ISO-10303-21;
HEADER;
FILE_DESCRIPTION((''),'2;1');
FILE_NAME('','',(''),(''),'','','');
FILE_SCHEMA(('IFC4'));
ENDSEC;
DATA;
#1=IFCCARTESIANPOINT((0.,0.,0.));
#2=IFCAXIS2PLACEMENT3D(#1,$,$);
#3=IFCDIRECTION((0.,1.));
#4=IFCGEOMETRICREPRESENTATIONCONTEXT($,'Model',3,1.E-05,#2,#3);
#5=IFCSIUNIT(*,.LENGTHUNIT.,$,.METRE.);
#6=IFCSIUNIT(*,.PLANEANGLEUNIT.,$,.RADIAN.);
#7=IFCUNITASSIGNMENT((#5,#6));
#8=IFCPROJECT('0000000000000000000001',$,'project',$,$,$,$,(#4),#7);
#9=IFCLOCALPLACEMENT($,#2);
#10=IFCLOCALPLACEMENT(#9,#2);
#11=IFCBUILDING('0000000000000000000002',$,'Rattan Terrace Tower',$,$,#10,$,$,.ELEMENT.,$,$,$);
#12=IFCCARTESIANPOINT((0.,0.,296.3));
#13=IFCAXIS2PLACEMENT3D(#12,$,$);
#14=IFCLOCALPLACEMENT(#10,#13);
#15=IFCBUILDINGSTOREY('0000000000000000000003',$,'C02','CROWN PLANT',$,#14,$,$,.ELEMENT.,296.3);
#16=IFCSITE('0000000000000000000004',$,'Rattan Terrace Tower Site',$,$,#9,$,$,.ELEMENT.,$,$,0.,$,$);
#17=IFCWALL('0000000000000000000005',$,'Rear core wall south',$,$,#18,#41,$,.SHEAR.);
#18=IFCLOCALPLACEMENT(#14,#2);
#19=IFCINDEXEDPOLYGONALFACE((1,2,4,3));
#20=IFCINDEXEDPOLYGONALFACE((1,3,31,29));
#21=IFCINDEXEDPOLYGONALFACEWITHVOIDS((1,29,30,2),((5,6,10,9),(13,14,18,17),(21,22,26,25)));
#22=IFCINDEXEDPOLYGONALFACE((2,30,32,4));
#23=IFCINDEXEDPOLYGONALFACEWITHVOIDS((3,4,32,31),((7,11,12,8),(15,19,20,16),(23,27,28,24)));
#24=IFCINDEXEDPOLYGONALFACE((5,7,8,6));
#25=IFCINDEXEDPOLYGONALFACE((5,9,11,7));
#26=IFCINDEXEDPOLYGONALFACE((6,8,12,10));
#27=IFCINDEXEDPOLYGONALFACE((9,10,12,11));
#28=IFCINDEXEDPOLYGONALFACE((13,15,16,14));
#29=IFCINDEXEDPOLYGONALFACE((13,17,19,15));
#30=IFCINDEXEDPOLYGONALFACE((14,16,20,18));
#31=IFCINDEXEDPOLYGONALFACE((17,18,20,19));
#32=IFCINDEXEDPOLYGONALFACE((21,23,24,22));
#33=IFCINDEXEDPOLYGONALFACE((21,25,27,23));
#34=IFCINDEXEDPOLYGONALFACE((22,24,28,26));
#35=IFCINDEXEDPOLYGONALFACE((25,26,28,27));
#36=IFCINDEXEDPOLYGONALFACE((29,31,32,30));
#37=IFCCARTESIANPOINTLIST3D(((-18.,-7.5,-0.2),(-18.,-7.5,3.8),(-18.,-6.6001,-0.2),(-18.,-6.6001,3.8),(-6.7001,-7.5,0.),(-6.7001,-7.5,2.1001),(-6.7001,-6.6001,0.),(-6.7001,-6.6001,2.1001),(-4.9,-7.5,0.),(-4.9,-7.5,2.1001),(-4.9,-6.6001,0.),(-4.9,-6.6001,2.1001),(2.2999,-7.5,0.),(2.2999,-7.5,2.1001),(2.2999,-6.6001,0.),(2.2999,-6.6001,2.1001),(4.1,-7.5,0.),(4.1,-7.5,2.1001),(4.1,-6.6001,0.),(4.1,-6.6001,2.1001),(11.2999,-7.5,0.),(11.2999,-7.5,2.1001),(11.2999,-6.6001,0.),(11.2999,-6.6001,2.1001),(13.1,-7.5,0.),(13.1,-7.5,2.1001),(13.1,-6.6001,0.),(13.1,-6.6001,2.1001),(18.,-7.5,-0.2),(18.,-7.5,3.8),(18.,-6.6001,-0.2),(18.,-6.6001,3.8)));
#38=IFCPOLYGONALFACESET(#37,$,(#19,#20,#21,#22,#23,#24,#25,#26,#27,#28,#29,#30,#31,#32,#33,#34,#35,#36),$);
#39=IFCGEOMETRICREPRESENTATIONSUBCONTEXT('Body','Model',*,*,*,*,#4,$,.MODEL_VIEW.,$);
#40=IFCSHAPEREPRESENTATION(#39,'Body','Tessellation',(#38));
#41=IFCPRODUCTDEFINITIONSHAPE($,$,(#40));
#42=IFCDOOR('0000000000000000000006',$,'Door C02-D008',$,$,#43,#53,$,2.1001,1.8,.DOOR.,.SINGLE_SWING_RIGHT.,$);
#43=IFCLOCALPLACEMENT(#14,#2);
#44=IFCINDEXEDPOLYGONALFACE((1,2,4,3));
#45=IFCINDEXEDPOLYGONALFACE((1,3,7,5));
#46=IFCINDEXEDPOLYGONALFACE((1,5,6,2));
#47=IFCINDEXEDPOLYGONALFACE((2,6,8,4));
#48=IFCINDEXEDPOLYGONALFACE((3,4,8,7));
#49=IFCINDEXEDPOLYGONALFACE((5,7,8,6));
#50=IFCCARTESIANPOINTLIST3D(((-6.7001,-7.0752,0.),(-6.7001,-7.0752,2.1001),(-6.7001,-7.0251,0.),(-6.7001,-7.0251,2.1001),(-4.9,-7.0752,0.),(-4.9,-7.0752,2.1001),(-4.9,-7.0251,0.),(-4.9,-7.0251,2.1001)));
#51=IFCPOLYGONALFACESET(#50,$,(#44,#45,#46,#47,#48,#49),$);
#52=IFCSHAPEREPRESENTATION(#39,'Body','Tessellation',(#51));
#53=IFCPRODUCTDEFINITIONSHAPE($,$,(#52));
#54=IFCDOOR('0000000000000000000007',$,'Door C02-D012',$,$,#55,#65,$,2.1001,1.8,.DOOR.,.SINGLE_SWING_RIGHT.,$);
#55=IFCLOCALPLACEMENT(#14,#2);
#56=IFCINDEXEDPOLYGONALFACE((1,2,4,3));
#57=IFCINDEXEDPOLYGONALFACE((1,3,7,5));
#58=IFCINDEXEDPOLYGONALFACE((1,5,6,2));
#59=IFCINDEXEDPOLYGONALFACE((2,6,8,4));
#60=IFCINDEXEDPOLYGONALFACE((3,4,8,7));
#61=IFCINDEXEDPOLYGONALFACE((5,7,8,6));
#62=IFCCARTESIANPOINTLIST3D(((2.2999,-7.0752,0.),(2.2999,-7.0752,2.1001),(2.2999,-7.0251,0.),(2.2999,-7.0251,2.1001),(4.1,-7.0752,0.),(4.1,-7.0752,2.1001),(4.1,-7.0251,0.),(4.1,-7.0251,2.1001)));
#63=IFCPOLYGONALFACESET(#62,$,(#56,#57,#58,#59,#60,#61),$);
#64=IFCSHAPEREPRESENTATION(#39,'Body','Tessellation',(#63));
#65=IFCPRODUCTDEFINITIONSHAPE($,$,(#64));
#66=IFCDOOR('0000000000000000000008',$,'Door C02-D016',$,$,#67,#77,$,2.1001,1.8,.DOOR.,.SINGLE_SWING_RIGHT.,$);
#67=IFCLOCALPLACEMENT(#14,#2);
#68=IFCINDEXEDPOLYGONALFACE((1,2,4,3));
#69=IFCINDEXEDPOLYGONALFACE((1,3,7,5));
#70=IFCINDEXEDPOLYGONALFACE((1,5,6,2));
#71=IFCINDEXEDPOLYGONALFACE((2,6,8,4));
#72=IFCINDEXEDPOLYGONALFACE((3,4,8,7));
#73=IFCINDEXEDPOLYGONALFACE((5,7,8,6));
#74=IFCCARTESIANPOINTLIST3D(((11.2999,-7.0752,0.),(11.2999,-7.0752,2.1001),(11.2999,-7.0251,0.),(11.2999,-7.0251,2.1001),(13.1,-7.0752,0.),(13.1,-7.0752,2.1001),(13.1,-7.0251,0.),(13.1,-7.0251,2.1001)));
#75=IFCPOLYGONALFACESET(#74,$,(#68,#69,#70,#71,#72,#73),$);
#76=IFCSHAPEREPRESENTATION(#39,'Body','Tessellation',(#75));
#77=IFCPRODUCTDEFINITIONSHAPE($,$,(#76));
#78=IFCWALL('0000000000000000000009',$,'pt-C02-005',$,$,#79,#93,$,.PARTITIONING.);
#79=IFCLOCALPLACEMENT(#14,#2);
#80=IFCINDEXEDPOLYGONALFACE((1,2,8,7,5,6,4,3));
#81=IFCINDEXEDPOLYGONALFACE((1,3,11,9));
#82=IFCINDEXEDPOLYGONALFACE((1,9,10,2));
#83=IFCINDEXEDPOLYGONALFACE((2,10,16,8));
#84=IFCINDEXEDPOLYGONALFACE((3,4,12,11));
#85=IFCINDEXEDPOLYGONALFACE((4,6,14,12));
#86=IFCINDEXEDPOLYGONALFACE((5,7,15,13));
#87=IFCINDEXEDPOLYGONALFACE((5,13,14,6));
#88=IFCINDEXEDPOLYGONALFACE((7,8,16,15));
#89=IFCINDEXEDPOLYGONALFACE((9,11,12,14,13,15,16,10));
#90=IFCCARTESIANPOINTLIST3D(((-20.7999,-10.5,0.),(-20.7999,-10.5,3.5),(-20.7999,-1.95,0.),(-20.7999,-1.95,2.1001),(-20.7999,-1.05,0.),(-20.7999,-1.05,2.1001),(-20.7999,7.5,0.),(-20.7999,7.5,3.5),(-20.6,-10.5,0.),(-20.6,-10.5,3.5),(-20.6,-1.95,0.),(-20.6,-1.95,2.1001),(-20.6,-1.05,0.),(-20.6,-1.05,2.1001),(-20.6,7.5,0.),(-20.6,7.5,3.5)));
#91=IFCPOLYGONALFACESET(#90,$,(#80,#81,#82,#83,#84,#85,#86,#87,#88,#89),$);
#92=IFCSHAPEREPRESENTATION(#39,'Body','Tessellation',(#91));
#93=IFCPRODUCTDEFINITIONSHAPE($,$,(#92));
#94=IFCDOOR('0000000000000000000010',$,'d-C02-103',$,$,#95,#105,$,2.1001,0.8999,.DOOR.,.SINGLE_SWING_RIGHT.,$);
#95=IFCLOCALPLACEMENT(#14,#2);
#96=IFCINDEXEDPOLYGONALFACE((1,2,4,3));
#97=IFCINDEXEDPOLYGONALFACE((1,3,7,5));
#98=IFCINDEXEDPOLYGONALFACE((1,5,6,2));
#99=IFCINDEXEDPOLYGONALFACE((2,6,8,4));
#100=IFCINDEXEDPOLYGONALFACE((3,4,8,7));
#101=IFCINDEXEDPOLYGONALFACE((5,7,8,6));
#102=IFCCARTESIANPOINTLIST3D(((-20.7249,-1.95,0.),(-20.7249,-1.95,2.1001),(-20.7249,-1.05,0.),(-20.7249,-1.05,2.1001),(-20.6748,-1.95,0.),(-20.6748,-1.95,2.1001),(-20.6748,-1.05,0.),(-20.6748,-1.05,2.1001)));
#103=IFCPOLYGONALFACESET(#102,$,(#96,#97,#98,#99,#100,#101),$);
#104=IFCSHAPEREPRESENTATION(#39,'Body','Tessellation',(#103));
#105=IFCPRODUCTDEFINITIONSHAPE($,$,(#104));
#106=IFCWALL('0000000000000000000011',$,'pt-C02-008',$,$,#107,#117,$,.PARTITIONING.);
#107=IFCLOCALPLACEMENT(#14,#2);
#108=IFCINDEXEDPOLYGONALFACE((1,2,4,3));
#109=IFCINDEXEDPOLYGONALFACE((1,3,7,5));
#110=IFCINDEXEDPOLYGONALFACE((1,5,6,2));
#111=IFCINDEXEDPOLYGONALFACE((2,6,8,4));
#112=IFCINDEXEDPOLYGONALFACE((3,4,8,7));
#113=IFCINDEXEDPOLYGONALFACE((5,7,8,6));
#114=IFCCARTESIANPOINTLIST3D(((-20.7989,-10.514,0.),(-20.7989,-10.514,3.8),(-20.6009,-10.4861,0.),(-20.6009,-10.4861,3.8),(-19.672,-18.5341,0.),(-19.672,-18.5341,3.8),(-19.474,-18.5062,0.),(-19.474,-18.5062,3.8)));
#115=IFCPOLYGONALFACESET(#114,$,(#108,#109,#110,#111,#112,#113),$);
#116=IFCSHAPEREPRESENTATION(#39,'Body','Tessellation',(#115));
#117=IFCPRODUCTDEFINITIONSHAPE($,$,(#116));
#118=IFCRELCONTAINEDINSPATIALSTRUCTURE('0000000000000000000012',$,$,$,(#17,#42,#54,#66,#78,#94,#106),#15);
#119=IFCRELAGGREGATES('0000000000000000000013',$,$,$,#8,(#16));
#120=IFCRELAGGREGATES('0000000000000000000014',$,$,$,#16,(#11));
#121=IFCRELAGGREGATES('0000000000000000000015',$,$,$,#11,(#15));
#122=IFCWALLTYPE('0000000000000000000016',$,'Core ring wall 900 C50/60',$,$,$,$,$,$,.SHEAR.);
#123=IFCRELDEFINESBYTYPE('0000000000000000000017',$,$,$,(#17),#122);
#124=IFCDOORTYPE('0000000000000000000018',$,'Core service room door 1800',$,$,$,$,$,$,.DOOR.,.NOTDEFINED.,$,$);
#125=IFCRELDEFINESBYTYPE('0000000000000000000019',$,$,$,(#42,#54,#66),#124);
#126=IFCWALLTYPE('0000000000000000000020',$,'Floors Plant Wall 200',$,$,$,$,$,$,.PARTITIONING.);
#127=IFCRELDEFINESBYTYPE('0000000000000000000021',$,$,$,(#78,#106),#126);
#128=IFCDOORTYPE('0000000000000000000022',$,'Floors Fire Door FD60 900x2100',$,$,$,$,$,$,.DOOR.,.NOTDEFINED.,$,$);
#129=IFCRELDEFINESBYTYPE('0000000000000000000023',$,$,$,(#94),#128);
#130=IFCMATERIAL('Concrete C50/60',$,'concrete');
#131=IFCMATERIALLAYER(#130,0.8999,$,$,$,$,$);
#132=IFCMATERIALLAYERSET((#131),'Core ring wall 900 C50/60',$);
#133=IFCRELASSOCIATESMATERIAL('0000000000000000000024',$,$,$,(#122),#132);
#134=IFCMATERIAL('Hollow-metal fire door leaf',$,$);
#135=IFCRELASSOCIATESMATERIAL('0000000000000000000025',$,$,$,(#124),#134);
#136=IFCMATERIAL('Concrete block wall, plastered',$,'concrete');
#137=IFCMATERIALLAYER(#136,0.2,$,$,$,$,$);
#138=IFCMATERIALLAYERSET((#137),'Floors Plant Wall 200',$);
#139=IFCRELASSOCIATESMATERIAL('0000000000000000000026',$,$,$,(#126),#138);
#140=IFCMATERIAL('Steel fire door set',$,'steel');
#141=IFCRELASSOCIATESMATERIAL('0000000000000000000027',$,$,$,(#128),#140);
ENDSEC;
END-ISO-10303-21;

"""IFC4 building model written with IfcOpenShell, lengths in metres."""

from ifc_helpers import new_model, si_unit, direction, frame, frame_2d, origin, place, context, subcontext, project, spatial, rectangle, extrude, material, layer, layer_set, type_object, element, fill, save


model = new_model("IFC4")

# Units and contexts
model_context = context("Model", 3, precision=1e-05, world=origin(), true_north=direction((0.0, 1.0)))
body_context = subcontext(model_context, "Body", "Model", "MODEL_VIEW")
ifc_project = project(units=[si_unit("LENGTHUNIT", "METRE"), si_unit("PLANEANGLEUNIT", "RADIAN")], contexts=[model_context])

# Site, building, storey
site_placement = place(None, origin())
site = spatial("IfcSite", under=ifc_project, at=site_placement, Name="Rattan Terrace Tower Site", CompositionType="ELEMENT", RefElevation=0.0)
building_placement = place(site_placement, origin())
building = spatial("IfcBuilding", under=site, at=building_placement, Name="Rattan Terrace Tower", CompositionType="ELEMENT")
storey_placement = place(building_placement, frame((0.0, 0.0, 296.3)))
storey = spatial("IfcBuildingStorey", under=building, at=storey_placement, Name="C02", Description="CROWN PLANT", CompositionType="ELEMENT", Elevation=296.3)

# Wall, openings, doors
ifc_material_1 = material(Name="Concrete C50/60", Category="concrete")
ifc_layer_1 = layer(ifc_material_1, 0.8999)
ifc_layer_set_1 = layer_set([ifc_layer_1], Name="Core ring wall 900 C50/60")
wall_type_1 = type_object("IfcWallType", Name="Core ring wall 900 C50/60", PredefinedType="SHEAR", material=ifc_layer_set_1)
wall_1_placement = place(storey_placement, frame((-18.0, -7.05, -0.2), z_axis=(0.0, 0.0, 1.0), x_axis=(1.0, 0.0, 0.0)))
wall_1 = element("IfcWall", 1, at=wall_1_placement, inside=storey, type_object=wall_type_1, Name="Rear core wall south", PredefinedType="SHEAR", context=body_context, shape_type="SweptSolid", body=[
    extrude(rectangle(XDim=36.0, YDim=0.8999, at=frame_2d((18.0, 0.0))), origin(), (0.0, 0.0, 1.0), 4.0),
])
opening_1_placement = place(wall_1_placement, frame((11.3, 0.0, 0.2)))
opening_1 = element("IfcOpeningElement", 2, at=opening_1_placement, cuts=wall_1, PredefinedType="OPENING", context=body_context, shape_type="SweptSolid", body=[
    extrude(rectangle(XDim=1.8, YDim=2.1001, at=frame_2d((0.8999, 1.05))), frame((0.0, 0.4604, 0.0), z_axis=(0.0, -1.0, 0.0), x_axis=(1.0, 0.0, 0.0)), (0.0, 0.0, 1.0), 0.9209),
])
opening_2_placement = place(wall_1_placement, frame((20.3, 0.0, 0.2)))
opening_2 = element("IfcOpeningElement", 3, at=opening_2_placement, cuts=wall_1, PredefinedType="OPENING", context=body_context, shape_type="SweptSolid", body=[
    extrude(rectangle(XDim=1.8, YDim=2.1001, at=frame_2d((0.8999, 1.05))), frame((0.0, 0.4604, 0.0), z_axis=(0.0, -1.0, 0.0), x_axis=(1.0, 0.0, 0.0)), (0.0, 0.0, 1.0), 0.9209),
])
opening_3_placement = place(wall_1_placement, frame((29.3, 0.0, 0.2)))
opening_3 = element("IfcOpeningElement", 4, at=opening_3_placement, cuts=wall_1, PredefinedType="OPENING", context=body_context, shape_type="SweptSolid", body=[
    extrude(rectangle(XDim=1.8, YDim=2.1001, at=frame_2d((0.8999, 1.05))), frame((0.0, 0.4604, 0.0), z_axis=(0.0, -1.0, 0.0), x_axis=(1.0, 0.0, 0.0)), (0.0, 0.0, 1.0), 0.9209),
])
ifc_material_2 = material(Name="Hollow-metal fire door leaf")
door_type_1 = type_object("IfcDoorType", Name="Core service room door 1800", OperationType="NOTDEFINED", PredefinedType="DOOR", material=ifc_material_2)
door_1_placement = place(opening_1_placement, origin())
door_1 = element("IfcDoor", 5, at=door_1_placement, inside=storey, type_object=door_type_1, Name="Door C02-D008", OperationType="SINGLE_SWING_RIGHT", OverallHeight=2.1001, OverallWidth=1.8, PredefinedType="DOOR", context=body_context, shape_type="SweptSolid", body=[
    extrude(rectangle(XDim=1.8, YDim=2.1001, at=frame_2d((0.8999, 1.05))), frame((0.0, 0.0249, 0.0), z_axis=(0.0, -1.0, 0.0), x_axis=(1.0, 0.0, 0.0)), (0.0, 0.0, 1.0), 0.05),
])
fill(opening_1, door_1)
door_2_placement = place(opening_2_placement, origin())
door_2 = element("IfcDoor", 6, at=door_2_placement, inside=storey, type_object=door_type_1, Name="Door C02-D012", OperationType="SINGLE_SWING_RIGHT", OverallHeight=2.1001, OverallWidth=1.8, PredefinedType="DOOR", context=body_context, shape_type="SweptSolid", body=[
    extrude(rectangle(XDim=1.8, YDim=2.1001, at=frame_2d((0.8999, 1.05))), frame((0.0, 0.0249, 0.0), z_axis=(0.0, -1.0, 0.0), x_axis=(1.0, 0.0, 0.0)), (0.0, 0.0, 1.0), 0.05),
])
fill(opening_2, door_2)
door_3_placement = place(opening_3_placement, origin())
door_3 = element("IfcDoor", 7, at=door_3_placement, inside=storey, type_object=door_type_1, Name="Door C02-D016", OperationType="SINGLE_SWING_RIGHT", OverallHeight=2.1001, OverallWidth=1.8, PredefinedType="DOOR", context=body_context, shape_type="SweptSolid", body=[
    extrude(rectangle(XDim=1.8, YDim=2.1001, at=frame_2d((0.8999, 1.05))), frame((0.0, 0.0249, 0.0), z_axis=(0.0, -1.0, 0.0), x_axis=(1.0, 0.0, 0.0)), (0.0, 0.0, 1.0), 0.05),
])
fill(opening_3, door_3)

# Wall, opening, door
ifc_material_3 = material(Name="Concrete block wall, plastered", Category="concrete")
ifc_layer_2 = layer(ifc_material_3, 0.2)
ifc_layer_set_2 = layer_set([ifc_layer_2], Name="Floors Plant Wall 200")
wall_type_2 = type_object("IfcWallType", Name="Floors Plant Wall 200", PredefinedType="PARTITIONING", material=ifc_layer_set_2)
wall_2_placement = place(storey_placement, frame((-20.7, -10.5, 0.0), z_axis=(0.0, 0.0, 1.0), x_axis=(0.0, 1.0, 0.0)))
wall_2 = element("IfcWall", 8, at=wall_2_placement, inside=storey, type_object=wall_type_2, Name="pt-C02-005", PredefinedType="PARTITIONING", context=body_context, shape_type="SweptSolid", body=[
    extrude(rectangle(XDim=18.0, YDim=0.2, at=frame_2d((9.0, 0.0))), origin(), (0.0, 0.0, 1.0), 3.5),
])
opening_4_placement = place(wall_2_placement, frame((8.55, 0.0, 0.0)))
opening_4 = element("IfcOpeningElement", 9, at=opening_4_placement, cuts=wall_2, PredefinedType="OPENING", context=body_context, shape_type="SweptSolid", body=[
    extrude(rectangle(XDim=0.8999, YDim=2.1001, at=frame_2d((0.45, 1.05))), frame((0.0, 0.1106, 0.0), z_axis=(0.0, -1.0, 0.0), x_axis=(1.0, 0.0, 0.0)), (0.0, 0.0, 1.0), 0.2209),
])
ifc_material_4 = material(Name="Steel fire door set", Category="steel")
door_type_2 = type_object("IfcDoorType", Name="Floors Fire Door FD60 900x2100", OperationType="NOTDEFINED", PredefinedType="DOOR", material=ifc_material_4)
door_4_placement = place(opening_4_placement, origin())
door_4 = element("IfcDoor", 10, at=door_4_placement, inside=storey, type_object=door_type_2, Name="d-C02-103", OperationType="SINGLE_SWING_RIGHT", OverallHeight=2.1001, OverallWidth=0.8999, PredefinedType="DOOR", context=body_context, shape_type="SweptSolid", body=[
    extrude(rectangle(XDim=0.8999, YDim=2.1001, at=frame_2d((0.45, 1.05))), frame((0.0, 0.0249, 0.0), z_axis=(0.0, -1.0, 0.0), x_axis=(1.0, 0.0, 0.0)), (0.0, 0.0, 1.0), 0.05),
])
fill(opening_4, door_4)

# Wall
wall_3_placement = place(storey_placement, frame((-19.573, -18.52, 0.0), z_axis=(0.0, 0.0, 1.0), x_axis=(-0.13915, 0.990271, 0.0)))
element("IfcWall", 11, at=wall_3_placement, inside=storey, type_object=wall_type_2, Name="pt-C02-008", PredefinedType="PARTITIONING", context=body_context, shape_type="SweptSolid", body=[
    extrude(rectangle(XDim=8.0989, YDim=0.2, at=frame_2d((4.0493, 0.0))), origin(), (0.0, 0.0, 1.0), 3.8),
])

save(model, "model.ifc")
